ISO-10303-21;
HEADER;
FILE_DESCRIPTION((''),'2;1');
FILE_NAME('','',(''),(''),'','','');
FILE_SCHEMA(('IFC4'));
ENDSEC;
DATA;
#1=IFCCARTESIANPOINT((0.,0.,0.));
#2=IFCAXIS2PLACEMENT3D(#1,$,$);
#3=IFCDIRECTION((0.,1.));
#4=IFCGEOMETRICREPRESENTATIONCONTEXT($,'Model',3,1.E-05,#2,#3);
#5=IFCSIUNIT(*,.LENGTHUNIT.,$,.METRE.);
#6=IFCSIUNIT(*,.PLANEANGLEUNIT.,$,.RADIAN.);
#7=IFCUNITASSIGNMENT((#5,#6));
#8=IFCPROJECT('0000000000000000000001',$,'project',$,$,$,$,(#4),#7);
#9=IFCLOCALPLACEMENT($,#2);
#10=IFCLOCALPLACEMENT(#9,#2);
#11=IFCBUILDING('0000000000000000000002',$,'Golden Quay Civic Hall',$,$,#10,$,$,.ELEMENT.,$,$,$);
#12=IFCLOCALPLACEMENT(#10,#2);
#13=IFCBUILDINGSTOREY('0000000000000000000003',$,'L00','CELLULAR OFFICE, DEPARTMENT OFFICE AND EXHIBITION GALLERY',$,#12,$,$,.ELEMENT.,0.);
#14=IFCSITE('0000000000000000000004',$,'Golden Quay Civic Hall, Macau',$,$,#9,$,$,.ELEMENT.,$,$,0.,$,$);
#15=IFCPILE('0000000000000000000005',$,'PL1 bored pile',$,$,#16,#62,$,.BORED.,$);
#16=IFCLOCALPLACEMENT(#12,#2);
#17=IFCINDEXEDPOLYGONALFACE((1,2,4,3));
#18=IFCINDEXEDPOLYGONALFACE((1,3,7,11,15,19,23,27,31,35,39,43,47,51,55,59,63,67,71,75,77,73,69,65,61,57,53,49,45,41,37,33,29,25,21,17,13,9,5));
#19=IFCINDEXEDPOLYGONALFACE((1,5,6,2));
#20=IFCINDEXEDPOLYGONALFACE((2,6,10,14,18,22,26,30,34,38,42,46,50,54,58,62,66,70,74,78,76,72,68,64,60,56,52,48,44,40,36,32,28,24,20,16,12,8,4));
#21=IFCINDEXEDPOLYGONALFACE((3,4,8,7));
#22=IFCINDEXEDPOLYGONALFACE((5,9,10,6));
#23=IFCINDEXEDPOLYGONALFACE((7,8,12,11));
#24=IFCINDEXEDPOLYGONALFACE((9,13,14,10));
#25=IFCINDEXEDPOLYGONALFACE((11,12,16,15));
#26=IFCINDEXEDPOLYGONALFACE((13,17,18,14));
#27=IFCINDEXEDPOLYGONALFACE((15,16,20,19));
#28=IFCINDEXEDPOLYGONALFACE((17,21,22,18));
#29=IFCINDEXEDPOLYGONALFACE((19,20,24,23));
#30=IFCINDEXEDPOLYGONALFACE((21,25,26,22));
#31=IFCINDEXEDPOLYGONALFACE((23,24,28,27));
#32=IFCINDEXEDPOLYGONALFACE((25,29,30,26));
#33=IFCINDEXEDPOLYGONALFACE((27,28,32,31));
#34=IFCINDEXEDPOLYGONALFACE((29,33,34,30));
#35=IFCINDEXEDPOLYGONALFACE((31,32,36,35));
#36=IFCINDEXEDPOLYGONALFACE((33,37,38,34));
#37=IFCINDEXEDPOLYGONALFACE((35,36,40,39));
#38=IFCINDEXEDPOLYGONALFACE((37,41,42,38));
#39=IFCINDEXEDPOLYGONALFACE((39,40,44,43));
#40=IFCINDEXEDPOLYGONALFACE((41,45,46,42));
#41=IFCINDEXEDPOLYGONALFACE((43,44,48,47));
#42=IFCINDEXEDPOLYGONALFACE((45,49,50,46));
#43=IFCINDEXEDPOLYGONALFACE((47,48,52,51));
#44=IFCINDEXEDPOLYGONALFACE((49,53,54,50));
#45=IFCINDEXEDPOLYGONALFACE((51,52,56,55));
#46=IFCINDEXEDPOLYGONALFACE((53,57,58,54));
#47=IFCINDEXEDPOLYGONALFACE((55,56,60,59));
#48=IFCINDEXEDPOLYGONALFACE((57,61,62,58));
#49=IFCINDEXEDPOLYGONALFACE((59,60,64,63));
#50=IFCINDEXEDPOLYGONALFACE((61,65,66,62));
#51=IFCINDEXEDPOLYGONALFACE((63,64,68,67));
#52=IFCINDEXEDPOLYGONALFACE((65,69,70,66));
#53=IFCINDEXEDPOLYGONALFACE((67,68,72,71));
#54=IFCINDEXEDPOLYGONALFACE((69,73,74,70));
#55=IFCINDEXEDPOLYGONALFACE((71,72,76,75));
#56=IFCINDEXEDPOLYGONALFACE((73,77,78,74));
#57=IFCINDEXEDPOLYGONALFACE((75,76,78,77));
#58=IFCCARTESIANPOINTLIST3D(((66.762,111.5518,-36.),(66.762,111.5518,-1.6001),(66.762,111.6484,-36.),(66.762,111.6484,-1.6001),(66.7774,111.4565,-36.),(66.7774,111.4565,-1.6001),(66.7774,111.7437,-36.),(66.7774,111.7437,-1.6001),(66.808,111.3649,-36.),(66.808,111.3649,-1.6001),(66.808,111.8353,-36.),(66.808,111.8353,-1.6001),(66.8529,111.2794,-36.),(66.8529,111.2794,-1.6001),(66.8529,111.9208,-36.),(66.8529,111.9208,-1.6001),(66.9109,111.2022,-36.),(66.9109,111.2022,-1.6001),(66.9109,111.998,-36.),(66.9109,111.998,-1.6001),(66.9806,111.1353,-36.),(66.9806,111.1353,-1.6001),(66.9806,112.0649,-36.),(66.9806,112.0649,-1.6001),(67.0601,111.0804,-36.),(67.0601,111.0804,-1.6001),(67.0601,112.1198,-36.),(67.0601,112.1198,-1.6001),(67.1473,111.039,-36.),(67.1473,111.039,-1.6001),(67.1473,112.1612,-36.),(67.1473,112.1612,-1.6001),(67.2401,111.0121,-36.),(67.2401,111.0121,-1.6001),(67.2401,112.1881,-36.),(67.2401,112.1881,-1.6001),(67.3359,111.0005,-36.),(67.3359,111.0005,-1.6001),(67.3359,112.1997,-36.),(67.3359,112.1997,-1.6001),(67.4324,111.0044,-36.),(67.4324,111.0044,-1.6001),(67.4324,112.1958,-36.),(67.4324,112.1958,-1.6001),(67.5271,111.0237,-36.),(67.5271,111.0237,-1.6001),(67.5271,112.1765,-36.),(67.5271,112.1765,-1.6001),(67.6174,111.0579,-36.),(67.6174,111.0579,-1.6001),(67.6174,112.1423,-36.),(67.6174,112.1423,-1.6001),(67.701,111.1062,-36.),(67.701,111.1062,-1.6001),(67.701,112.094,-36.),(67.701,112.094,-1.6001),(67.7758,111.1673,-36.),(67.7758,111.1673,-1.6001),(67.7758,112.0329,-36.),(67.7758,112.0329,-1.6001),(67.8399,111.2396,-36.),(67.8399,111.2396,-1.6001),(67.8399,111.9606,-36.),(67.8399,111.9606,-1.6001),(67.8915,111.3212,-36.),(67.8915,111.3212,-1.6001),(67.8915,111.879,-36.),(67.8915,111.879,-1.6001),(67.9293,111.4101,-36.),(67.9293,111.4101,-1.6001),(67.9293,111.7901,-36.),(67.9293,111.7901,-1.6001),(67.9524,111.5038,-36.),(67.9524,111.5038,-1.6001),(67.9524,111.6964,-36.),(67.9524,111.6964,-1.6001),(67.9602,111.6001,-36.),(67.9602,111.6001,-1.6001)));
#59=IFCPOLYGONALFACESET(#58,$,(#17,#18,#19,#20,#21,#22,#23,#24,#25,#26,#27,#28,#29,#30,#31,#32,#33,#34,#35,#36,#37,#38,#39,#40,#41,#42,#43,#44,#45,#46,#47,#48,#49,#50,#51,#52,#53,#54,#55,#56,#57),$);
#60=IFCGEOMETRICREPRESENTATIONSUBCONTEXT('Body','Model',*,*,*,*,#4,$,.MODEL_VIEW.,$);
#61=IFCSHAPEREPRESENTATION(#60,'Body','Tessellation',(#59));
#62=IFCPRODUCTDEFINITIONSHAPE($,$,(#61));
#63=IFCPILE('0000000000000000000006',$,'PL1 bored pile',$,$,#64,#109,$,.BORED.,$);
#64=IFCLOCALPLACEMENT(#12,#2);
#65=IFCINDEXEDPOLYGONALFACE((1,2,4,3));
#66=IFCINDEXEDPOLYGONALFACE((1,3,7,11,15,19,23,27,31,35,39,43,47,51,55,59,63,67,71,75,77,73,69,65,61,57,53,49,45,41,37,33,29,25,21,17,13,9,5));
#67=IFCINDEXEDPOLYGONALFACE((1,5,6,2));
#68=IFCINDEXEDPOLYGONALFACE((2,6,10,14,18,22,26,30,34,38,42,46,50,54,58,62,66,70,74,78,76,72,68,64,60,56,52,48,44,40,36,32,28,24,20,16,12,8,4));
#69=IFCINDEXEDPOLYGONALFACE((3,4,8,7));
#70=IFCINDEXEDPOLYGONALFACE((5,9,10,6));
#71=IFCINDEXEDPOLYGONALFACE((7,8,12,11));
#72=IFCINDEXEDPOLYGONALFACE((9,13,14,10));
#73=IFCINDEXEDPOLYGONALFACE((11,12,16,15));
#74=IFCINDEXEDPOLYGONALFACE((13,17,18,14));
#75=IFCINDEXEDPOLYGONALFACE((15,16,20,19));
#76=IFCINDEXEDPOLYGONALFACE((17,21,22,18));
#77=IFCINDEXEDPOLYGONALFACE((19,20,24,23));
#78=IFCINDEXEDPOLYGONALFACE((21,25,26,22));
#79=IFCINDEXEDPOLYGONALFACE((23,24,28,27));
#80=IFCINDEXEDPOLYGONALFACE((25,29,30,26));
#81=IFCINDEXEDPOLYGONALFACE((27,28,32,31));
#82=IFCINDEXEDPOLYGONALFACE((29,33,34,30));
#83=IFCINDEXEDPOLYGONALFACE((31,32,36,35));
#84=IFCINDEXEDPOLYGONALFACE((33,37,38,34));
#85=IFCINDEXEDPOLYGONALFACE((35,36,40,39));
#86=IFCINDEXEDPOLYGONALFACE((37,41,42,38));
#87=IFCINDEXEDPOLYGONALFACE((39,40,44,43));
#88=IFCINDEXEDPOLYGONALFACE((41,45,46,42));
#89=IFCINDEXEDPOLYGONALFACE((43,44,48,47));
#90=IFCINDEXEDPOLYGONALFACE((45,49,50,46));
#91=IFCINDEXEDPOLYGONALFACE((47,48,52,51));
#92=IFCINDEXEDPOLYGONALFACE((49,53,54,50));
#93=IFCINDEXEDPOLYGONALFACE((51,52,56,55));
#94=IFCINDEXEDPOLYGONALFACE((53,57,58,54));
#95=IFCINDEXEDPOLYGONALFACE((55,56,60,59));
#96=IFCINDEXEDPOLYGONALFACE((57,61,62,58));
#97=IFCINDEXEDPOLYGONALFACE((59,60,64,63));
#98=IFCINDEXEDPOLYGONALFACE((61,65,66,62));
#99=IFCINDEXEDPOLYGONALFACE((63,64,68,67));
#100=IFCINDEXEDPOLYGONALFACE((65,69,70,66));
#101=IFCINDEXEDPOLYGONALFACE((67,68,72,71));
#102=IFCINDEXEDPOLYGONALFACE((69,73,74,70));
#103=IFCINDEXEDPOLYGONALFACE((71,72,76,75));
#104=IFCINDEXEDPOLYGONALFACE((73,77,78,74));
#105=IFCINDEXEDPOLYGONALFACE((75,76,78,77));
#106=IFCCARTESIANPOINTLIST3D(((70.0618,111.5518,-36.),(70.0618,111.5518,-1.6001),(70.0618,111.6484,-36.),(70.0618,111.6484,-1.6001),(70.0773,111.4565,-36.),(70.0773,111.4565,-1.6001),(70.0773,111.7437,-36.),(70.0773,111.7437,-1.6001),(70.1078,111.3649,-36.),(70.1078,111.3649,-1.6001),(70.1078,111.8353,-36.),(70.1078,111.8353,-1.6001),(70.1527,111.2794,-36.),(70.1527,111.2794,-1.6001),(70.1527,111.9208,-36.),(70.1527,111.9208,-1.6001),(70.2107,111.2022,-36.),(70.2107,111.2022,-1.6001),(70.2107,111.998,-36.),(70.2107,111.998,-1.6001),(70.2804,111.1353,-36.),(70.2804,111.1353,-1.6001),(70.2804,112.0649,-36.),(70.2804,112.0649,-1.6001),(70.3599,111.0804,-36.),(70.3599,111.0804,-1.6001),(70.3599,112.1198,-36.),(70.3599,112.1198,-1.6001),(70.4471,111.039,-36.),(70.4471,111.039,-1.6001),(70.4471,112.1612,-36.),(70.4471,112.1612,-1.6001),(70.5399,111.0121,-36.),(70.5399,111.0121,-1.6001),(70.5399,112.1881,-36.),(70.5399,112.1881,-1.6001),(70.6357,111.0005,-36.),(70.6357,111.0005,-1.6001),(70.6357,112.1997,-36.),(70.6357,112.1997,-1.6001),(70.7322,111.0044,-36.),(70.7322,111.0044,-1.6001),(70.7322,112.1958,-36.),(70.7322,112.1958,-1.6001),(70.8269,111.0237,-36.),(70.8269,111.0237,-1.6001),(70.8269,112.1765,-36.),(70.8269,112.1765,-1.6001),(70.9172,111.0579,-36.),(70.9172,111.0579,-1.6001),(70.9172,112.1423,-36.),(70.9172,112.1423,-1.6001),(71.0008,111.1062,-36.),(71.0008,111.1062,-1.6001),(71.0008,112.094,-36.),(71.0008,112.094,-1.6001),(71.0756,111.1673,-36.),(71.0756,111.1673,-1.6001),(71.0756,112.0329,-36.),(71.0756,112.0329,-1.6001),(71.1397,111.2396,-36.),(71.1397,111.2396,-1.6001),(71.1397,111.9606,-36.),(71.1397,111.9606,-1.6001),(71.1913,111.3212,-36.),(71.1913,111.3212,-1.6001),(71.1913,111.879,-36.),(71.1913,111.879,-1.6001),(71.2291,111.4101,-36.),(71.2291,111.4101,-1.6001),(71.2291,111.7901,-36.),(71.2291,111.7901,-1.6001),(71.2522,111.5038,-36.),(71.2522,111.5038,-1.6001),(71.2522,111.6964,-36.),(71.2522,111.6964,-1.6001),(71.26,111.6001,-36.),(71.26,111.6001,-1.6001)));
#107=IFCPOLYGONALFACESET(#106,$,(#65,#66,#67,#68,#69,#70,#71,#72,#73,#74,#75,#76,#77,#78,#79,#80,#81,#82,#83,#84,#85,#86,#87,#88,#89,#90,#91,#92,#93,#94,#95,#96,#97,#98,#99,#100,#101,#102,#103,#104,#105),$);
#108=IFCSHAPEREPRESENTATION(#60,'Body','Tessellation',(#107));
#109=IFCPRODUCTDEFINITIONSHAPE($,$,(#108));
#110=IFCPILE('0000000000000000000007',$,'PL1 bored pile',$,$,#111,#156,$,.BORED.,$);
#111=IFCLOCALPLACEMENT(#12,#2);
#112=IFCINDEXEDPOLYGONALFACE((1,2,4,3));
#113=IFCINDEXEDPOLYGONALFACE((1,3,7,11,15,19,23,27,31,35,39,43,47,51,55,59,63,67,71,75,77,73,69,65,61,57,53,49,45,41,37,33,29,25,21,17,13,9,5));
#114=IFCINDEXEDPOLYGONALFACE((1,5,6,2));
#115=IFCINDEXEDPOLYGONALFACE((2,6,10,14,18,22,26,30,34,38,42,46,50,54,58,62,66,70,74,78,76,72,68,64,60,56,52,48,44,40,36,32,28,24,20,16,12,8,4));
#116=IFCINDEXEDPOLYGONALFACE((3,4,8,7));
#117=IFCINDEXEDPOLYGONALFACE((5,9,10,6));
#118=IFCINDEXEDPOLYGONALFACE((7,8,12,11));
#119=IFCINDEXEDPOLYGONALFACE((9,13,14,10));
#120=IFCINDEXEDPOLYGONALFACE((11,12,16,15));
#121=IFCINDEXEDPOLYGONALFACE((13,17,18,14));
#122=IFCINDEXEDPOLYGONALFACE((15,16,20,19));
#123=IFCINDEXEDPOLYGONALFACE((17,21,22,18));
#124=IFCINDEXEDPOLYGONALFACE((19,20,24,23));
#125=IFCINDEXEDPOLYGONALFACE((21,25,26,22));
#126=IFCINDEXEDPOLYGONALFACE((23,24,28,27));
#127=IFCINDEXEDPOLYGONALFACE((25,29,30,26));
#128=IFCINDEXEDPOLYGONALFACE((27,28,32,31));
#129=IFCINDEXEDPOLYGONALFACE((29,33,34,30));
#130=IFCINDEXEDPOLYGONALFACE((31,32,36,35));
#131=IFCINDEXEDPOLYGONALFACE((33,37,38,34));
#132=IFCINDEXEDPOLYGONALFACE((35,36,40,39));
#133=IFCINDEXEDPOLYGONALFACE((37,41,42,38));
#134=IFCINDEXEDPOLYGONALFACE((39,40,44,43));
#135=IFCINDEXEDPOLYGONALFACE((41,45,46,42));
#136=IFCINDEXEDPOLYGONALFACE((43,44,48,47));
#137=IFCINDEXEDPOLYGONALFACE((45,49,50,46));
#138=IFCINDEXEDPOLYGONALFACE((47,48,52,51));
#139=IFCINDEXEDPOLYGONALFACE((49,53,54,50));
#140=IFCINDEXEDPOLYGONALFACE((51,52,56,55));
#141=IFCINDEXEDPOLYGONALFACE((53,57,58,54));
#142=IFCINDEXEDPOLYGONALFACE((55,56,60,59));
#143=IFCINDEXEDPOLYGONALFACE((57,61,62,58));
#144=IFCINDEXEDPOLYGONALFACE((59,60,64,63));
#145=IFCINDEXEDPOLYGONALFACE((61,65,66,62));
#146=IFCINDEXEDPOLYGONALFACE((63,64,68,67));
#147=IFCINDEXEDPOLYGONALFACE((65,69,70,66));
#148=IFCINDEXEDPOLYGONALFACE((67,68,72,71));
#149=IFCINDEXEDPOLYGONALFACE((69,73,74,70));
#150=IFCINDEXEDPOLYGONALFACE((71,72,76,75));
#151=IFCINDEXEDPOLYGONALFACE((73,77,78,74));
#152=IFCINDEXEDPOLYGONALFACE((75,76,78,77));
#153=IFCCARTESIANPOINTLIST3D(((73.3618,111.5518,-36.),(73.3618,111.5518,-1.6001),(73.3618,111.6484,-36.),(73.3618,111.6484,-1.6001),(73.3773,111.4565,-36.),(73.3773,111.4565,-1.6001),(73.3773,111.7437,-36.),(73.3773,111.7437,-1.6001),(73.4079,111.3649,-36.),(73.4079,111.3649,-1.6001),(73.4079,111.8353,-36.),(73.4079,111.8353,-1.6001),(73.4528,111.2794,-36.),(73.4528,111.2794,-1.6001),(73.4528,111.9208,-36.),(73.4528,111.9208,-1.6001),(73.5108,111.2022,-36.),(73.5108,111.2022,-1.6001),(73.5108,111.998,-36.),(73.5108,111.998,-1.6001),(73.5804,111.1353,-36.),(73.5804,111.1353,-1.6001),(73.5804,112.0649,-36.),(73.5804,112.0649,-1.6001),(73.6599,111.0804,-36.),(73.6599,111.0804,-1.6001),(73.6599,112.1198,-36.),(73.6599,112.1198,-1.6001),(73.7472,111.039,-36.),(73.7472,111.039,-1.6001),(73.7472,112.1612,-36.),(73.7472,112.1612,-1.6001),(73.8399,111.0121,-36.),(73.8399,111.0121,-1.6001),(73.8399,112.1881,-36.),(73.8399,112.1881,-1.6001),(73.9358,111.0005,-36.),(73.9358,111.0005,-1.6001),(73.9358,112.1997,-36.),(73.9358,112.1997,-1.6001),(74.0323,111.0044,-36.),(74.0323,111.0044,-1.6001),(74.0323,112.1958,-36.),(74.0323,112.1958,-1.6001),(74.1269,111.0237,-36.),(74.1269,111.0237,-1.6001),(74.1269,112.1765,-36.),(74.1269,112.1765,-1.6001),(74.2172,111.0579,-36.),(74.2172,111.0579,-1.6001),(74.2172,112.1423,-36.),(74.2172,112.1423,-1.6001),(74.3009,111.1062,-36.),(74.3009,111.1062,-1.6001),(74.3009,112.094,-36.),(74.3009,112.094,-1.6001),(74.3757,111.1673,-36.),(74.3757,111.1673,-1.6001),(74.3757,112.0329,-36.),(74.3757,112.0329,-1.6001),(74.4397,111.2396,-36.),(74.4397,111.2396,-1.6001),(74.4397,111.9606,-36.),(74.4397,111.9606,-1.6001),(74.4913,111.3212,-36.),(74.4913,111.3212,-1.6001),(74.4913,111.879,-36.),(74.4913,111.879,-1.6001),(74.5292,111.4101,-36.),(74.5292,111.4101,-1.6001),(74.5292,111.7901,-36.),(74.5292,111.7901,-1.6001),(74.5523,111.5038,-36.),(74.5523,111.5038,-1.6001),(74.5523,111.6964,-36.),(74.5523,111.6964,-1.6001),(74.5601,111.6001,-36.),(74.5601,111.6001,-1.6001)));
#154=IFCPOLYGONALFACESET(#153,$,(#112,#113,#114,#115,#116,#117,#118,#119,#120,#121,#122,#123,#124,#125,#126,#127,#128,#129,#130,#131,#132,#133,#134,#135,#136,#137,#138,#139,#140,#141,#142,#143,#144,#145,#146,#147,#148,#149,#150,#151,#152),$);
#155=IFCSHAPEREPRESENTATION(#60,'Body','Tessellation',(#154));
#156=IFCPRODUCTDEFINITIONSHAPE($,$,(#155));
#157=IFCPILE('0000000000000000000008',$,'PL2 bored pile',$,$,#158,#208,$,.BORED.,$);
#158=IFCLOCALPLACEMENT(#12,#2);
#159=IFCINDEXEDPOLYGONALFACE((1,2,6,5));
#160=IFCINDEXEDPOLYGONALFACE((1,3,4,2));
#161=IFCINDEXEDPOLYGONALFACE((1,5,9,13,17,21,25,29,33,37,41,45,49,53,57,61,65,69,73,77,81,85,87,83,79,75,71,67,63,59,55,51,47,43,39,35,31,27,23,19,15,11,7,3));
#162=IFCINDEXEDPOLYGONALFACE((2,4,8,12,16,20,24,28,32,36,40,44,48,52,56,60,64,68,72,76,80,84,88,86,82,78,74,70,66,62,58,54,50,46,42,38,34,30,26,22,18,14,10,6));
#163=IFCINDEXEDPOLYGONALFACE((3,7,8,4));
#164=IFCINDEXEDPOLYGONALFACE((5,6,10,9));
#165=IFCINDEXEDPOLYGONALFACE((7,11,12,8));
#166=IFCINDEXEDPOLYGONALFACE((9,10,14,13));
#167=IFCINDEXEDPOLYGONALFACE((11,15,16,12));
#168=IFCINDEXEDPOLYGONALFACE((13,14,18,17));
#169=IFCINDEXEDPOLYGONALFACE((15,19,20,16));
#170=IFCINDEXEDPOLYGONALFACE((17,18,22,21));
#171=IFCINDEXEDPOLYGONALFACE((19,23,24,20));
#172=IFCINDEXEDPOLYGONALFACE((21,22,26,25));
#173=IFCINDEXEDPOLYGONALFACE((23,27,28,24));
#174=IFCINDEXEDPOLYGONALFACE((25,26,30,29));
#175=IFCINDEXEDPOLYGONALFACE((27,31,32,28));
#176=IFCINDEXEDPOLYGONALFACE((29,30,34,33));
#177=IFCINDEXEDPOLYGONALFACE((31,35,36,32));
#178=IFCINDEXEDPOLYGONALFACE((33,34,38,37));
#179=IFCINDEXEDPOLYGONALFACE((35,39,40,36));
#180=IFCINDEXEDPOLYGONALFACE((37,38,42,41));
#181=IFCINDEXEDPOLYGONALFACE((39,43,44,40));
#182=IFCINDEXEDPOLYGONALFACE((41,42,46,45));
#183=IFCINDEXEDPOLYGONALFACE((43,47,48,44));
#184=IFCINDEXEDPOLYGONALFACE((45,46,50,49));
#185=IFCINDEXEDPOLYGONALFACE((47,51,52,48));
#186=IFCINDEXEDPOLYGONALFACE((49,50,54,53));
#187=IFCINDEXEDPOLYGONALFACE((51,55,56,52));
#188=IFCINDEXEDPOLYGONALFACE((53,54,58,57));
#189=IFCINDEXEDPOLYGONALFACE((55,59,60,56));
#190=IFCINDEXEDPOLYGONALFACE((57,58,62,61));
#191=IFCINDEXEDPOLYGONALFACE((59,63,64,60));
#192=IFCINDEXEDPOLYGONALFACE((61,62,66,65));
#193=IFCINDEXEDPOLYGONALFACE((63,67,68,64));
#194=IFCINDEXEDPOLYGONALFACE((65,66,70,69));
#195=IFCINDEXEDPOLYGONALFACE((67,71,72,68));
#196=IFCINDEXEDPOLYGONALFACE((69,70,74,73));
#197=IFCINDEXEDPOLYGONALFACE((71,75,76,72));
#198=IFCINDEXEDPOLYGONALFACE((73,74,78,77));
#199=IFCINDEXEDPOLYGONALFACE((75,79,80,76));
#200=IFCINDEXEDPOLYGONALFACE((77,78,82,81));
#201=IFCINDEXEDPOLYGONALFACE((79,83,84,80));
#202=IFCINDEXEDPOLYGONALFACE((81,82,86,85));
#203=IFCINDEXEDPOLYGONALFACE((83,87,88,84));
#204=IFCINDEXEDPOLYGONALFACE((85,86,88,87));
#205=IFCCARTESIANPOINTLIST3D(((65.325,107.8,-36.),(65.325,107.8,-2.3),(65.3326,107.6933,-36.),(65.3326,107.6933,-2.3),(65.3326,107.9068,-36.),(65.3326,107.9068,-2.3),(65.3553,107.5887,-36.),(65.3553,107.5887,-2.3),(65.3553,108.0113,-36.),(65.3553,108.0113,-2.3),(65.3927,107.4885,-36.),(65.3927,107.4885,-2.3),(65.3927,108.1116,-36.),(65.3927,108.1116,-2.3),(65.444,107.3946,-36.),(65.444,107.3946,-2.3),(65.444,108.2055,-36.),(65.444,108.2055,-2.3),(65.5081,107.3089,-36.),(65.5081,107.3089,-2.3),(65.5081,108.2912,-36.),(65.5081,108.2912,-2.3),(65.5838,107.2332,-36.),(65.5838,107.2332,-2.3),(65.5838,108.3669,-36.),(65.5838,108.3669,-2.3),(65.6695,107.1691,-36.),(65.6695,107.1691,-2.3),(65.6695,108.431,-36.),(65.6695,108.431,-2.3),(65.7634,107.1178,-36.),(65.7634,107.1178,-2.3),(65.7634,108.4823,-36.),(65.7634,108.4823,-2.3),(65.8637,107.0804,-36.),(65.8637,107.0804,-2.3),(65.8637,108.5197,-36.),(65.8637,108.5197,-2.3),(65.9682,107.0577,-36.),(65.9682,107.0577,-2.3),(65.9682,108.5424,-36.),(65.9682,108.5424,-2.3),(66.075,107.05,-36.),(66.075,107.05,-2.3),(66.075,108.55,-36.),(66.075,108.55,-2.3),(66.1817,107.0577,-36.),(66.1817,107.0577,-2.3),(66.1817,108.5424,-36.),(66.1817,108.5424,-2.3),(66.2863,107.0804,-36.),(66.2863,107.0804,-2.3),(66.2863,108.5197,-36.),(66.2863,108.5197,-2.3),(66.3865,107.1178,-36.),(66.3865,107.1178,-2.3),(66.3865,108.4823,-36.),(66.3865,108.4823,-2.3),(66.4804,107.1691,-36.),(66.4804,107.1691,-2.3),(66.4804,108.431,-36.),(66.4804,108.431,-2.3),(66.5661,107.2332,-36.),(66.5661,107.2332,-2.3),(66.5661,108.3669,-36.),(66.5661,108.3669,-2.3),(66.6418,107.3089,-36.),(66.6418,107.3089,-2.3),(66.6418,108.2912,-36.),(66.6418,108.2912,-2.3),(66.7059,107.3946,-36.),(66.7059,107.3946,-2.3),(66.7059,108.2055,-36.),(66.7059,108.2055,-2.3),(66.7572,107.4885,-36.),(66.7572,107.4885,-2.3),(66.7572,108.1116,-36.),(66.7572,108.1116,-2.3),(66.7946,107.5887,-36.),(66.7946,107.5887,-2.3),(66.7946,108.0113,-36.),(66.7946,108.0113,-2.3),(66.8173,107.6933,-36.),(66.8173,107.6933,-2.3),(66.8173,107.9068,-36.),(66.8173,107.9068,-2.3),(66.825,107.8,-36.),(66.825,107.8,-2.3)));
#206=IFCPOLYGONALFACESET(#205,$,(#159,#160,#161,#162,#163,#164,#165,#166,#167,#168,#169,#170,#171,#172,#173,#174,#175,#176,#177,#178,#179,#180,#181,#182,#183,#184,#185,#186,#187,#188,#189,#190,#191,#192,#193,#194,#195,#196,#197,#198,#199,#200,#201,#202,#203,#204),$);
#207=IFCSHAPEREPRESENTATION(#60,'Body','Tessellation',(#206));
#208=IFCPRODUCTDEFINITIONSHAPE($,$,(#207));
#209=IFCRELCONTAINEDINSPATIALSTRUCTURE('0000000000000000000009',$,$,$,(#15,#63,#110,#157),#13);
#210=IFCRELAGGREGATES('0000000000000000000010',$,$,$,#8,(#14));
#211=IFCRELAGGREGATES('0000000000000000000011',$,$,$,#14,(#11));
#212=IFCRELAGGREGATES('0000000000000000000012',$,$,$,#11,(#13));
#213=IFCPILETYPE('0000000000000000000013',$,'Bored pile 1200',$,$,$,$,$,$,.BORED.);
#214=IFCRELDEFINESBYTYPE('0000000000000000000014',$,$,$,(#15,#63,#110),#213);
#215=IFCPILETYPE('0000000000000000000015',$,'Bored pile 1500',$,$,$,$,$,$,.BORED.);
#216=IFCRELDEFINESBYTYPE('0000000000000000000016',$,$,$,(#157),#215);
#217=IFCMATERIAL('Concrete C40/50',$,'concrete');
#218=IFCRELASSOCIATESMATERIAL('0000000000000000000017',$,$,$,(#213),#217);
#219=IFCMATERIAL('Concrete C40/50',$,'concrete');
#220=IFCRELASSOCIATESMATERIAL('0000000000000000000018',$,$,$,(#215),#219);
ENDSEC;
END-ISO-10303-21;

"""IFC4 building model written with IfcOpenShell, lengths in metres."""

from ifc_helpers import new_model, si_unit, direction, frame, origin, origin_2d, place, context, subcontext, project, spatial, circle, extrude, material, material_profile, profile_set, type_object, element, save


model = new_model("IFC4")

# Units and contexts
model_context = context("Model", 3, precision=1e-05, world=origin(), true_north=direction((0.0, 1.0)))
body_context = subcontext(model_context, "Body", "Model", "MODEL_VIEW")
ifc_project = project(units=[si_unit("LENGTHUNIT", "METRE"), si_unit("PLANEANGLEUNIT", "RADIAN")], contexts=[model_context])

# Site, building, storey
site_placement = place(None, origin())
site = spatial("IfcSite", under=ifc_project, at=site_placement, Name="Golden Quay Civic Hall, Macau", CompositionType="ELEMENT", RefElevation=0.0)
building_placement = place(site_placement, origin())
building = spatial("IfcBuilding", under=site, at=building_placement, Name="Golden Quay Civic Hall", CompositionType="ELEMENT")
storey_placement = place(building_placement, origin())
storey = spatial("IfcBuildingStorey", under=building, at=storey_placement, Name="L00", Description="CELLULAR OFFICE, DEPARTMENT OFFICE AND EXHIBITION GALLERY", CompositionType="ELEMENT", Elevation=0.0)

# Piles
ifc_material_1 = material(Name="Concrete C40/50", Category="concrete")
ifc_material_profile_1 = material_profile(ifc_material_1, circle(Radius=0.6001, at=origin_2d()), Name="RC D1200")
ifc_profile_set_1 = profile_set([ifc_material_profile_1], Name="Concrete C40/50")
pile_type_1 = type_object("IfcPileType", Name="Bored pile 1200", PredefinedType="BORED", material=ifc_profile_set_1)
for number, where, z_axis, x_axis, name in (
    (1, (67.3601, 111.6001, -1.6001), (0.0, 0.0, -1.0), (1.0, 0.0, 0.0), "PL1 bored pile"),
    (2, (70.6599, 111.6001, -1.6001), (0.0, 0.0, -1.0), (1.0, 0.0, 0.0), "PL1 bored pile"),
    (3, (73.96, 111.6001, -1.6001), (0.0, 0.0, -1.0), (1.0, 0.0, 0.0), "PL1 bored pile"),
):
    element("IfcPile", number, at=place(storey_placement, frame(where, z_axis=z_axis, x_axis=x_axis)), inside=storey, type_object=pile_type_1, Name=name, PredefinedType="BORED", context=body_context, shape_type="SweptSolid", body=[
        extrude(circle(Radius=0.6001, at=origin_2d()), origin(), (0.0, 0.0, 1.0), 34.3999),
    ])
ifc_material_2 = material(Name="Concrete C40/50", Category="concrete")
ifc_material_profile_2 = material_profile(ifc_material_2, circle(Radius=0.75, at=origin_2d()), Name="RC D1500")
ifc_profile_set_2 = profile_set([ifc_material_profile_2], Name="Concrete C40/50")
pile_type_2 = type_object("IfcPileType", Name="Bored pile 1500", PredefinedType="BORED", material=ifc_profile_set_2)
for number, where, z_axis, x_axis, name in (
    (4, (66.075, 107.8, -2.3), (0.0, 0.0, -1.0), (1.0, 0.0, 0.0), "PL2 bored pile"),
):
    element("IfcPile", number, at=place(storey_placement, frame(where, z_axis=z_axis, x_axis=x_axis)), inside=storey, type_object=pile_type_2, Name=name, PredefinedType="BORED", context=body_context, shape_type="SweptSolid", body=[
        extrude(circle(Radius=0.75, at=origin_2d()), origin(), (0.0, 0.0, 1.0), 33.7),
    ])

save(model, "model.ifc")
